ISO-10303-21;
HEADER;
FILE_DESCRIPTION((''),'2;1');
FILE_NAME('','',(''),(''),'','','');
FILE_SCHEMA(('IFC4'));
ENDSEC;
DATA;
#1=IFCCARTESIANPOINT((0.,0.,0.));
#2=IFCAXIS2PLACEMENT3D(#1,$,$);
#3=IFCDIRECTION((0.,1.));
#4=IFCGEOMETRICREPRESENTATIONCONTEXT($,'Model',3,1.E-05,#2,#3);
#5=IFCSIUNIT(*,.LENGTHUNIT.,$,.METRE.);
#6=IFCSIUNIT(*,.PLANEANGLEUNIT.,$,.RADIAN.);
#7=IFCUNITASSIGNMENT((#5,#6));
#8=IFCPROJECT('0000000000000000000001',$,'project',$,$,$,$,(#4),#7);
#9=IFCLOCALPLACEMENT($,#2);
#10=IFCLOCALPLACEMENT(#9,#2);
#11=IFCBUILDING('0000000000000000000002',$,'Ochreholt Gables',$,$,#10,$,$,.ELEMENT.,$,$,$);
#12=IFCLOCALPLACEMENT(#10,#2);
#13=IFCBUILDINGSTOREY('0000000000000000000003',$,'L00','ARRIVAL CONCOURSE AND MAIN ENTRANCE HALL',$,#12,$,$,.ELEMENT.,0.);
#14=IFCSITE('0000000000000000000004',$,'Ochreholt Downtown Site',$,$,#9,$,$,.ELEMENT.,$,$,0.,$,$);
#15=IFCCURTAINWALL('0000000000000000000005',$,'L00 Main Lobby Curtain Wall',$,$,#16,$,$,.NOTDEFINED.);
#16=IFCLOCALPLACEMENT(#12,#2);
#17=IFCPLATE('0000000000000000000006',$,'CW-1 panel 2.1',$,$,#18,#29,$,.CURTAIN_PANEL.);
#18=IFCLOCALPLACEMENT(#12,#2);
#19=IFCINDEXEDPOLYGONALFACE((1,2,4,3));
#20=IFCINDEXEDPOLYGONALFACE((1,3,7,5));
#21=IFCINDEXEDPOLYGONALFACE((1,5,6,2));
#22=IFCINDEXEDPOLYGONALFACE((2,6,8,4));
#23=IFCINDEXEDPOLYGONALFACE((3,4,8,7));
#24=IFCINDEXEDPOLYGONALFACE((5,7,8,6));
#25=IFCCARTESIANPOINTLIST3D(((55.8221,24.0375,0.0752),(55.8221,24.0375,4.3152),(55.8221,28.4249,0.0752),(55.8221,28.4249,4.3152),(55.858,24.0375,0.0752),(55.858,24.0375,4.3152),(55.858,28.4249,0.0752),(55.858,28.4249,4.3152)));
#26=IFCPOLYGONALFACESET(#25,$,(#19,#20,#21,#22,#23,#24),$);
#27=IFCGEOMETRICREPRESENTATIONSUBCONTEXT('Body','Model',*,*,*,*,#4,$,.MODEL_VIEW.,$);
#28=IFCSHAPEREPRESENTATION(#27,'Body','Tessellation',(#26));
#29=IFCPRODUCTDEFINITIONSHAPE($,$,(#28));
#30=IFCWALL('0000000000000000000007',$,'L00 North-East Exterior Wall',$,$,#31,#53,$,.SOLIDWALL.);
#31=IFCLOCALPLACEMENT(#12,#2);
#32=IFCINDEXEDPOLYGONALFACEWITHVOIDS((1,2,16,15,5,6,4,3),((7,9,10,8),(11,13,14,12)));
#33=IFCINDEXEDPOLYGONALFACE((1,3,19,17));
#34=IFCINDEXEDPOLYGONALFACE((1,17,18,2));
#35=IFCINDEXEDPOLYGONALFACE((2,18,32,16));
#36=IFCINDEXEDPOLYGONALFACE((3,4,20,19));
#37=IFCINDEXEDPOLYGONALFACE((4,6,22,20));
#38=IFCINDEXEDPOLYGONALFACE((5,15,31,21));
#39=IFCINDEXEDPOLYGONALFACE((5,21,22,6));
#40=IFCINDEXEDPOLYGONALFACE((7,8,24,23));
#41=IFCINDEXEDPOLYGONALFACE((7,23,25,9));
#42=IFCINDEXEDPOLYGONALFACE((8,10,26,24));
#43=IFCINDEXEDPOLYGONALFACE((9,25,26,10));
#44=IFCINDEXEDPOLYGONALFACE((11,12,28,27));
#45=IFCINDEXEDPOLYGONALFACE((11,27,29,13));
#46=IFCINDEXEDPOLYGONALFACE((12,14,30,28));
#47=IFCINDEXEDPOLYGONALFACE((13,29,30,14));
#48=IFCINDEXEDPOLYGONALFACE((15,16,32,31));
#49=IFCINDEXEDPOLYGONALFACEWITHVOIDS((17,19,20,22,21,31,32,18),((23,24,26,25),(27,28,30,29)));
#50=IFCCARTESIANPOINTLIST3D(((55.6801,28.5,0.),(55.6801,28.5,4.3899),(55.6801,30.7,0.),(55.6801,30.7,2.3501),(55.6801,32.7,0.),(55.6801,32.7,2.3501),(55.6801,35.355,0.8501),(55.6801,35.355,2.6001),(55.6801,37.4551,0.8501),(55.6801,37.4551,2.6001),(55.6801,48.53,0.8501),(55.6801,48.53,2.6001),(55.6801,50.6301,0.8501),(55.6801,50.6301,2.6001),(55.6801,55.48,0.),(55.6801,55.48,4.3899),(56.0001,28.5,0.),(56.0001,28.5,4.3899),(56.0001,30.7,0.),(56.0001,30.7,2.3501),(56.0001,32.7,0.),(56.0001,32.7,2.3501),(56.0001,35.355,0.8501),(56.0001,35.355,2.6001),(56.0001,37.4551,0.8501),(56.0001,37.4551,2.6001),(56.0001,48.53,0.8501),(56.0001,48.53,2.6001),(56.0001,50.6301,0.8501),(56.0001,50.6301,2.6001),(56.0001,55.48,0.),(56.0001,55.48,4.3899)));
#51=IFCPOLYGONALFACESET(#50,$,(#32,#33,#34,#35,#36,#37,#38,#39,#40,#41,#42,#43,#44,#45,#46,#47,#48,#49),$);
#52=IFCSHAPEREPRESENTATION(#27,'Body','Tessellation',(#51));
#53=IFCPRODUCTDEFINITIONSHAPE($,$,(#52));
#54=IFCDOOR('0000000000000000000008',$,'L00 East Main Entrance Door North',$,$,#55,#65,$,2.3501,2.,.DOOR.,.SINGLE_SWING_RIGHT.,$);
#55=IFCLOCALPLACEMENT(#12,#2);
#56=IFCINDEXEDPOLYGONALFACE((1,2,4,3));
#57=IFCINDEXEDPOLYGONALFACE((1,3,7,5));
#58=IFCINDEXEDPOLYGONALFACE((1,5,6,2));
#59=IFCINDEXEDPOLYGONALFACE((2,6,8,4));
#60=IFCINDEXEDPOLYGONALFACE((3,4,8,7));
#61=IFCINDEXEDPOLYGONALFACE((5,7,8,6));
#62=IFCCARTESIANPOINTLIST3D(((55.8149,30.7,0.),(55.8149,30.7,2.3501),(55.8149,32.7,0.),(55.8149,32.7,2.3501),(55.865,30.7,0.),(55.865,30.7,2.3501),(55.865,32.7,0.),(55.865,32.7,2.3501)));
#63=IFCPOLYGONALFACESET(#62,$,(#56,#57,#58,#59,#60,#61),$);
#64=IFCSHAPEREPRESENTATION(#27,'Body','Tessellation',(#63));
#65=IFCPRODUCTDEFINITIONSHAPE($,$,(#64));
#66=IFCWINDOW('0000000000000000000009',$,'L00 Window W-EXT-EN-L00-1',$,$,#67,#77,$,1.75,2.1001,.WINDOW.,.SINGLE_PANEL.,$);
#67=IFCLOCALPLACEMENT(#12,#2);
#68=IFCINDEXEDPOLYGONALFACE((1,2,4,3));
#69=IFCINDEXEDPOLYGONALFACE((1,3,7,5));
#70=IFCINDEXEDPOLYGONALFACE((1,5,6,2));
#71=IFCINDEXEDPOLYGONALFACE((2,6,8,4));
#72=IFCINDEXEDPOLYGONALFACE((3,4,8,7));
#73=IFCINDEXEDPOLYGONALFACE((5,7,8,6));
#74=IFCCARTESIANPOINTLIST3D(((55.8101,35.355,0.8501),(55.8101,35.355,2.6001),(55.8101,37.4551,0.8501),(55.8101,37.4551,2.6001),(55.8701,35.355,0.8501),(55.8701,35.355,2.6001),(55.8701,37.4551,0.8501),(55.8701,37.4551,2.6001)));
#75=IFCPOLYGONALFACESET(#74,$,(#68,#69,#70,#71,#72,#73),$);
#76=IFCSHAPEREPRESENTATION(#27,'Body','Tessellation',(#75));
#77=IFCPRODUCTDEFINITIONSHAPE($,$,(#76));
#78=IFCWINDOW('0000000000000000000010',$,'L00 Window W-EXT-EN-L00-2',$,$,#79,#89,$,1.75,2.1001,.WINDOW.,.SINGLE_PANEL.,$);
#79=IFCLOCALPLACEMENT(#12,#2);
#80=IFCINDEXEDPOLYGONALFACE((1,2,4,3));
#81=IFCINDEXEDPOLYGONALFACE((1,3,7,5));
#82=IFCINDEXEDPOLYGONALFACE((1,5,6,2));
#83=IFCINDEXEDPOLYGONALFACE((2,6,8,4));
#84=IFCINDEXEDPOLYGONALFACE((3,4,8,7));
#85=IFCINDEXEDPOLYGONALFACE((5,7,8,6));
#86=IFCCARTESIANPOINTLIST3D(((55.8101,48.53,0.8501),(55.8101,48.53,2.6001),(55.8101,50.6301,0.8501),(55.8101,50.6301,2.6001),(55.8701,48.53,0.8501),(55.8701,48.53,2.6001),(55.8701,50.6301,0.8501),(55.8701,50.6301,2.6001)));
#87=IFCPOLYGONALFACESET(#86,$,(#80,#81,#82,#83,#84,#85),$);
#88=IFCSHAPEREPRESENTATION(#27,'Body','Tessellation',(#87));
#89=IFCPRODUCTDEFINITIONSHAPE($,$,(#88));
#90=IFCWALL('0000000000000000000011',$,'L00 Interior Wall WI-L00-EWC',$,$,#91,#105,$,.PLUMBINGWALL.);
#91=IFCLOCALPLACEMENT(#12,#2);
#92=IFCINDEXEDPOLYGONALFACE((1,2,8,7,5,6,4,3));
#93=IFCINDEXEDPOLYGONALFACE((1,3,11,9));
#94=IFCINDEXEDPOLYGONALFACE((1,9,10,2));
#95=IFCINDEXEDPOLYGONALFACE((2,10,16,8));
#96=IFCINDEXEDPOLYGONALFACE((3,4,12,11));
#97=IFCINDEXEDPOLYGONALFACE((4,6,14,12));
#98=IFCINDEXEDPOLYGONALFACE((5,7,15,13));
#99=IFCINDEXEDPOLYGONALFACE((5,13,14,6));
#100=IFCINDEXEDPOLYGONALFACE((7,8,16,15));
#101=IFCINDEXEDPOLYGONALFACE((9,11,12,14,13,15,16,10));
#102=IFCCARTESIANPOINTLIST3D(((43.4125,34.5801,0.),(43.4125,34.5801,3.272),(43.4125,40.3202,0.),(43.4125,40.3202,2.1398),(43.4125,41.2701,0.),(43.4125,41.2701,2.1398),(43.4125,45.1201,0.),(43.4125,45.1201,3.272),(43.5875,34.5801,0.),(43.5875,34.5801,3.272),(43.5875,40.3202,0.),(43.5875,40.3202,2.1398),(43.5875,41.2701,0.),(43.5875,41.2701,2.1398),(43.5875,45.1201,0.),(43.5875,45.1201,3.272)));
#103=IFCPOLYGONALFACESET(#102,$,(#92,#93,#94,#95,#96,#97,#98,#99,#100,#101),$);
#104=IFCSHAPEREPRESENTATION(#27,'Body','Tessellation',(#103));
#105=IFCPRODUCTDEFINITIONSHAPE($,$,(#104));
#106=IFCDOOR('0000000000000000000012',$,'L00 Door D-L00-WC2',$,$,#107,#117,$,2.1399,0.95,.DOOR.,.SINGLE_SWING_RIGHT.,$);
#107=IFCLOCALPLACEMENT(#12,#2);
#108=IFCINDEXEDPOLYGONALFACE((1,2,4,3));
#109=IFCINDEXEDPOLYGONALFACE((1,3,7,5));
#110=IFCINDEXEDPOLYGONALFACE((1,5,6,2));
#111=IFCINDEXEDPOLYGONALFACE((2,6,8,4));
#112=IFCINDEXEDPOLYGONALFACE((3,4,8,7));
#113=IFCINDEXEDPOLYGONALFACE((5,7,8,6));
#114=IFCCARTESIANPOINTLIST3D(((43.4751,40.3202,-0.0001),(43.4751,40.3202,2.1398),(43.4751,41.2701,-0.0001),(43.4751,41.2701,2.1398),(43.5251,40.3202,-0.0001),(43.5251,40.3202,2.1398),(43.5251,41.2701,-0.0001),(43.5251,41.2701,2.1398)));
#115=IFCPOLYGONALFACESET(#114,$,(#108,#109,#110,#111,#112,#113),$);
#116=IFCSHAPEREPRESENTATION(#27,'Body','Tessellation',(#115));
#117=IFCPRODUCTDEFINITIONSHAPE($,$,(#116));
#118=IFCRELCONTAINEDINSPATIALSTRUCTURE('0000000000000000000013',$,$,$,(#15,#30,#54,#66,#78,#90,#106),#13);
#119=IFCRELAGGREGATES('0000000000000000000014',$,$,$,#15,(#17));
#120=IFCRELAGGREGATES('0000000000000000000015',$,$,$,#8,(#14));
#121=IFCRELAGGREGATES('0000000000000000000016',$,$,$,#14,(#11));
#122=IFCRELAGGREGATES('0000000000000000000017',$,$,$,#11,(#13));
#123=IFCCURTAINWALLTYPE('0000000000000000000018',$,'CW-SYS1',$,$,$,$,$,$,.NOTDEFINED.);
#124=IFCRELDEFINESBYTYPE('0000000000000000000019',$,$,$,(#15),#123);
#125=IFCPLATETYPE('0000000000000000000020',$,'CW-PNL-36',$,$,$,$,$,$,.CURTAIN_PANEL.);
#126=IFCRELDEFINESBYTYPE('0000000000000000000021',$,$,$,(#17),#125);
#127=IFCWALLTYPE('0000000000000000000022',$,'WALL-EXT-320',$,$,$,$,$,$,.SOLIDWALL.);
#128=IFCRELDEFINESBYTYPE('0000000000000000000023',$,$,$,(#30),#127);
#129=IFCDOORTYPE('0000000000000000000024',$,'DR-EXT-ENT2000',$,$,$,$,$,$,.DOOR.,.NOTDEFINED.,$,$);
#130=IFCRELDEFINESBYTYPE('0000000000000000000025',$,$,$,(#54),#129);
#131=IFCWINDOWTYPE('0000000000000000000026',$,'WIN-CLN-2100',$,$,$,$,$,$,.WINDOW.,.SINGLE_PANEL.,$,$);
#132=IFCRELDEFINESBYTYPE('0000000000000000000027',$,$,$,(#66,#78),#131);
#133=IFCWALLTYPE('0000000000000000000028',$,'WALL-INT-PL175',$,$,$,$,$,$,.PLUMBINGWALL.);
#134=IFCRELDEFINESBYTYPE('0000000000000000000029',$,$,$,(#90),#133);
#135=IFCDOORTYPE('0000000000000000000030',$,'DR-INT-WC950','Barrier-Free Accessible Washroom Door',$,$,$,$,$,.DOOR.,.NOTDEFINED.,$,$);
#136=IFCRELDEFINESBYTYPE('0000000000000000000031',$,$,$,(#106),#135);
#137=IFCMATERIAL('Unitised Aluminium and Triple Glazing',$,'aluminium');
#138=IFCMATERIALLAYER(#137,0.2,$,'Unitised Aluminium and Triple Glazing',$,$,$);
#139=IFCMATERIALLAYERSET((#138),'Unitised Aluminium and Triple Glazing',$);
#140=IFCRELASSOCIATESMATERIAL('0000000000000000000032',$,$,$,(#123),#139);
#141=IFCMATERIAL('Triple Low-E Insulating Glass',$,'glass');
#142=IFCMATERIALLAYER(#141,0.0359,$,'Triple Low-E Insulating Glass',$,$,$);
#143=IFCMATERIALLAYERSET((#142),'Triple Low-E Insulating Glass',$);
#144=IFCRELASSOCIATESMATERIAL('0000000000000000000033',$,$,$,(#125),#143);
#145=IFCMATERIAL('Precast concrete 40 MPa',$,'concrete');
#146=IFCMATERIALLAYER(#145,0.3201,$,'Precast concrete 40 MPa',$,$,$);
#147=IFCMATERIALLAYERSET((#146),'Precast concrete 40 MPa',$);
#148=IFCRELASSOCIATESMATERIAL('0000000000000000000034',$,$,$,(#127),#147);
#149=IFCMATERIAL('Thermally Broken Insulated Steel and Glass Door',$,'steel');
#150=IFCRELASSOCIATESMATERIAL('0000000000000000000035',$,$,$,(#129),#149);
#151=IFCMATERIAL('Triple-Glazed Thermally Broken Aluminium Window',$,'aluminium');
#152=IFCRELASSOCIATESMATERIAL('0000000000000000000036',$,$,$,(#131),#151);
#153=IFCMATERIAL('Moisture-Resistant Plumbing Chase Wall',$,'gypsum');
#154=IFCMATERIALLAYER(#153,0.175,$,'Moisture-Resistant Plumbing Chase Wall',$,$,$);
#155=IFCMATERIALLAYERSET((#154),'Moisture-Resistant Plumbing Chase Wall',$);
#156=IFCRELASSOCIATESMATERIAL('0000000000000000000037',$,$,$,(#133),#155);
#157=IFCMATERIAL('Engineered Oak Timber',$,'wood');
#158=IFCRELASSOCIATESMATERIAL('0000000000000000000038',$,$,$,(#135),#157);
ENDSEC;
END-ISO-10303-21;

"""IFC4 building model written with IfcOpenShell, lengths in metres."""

from ifc_helpers import new_model, si_unit, direction, frame, frame_2d, origin, origin_2d, place, context, subcontext, project, spatial, rectangle, extrude, material, layer, layer_set, type_object, element, fill, aggregate, save


model = new_model("IFC4")

# Units and contexts
model_context = context("Model", 3, precision=1e-05, world=origin(), true_north=direction((0.0, 1.0)))
body_context = subcontext(model_context, "Body", "Model", "MODEL_VIEW")
ifc_project = project(units=[si_unit("LENGTHUNIT", "METRE"), si_unit("PLANEANGLEUNIT", "RADIAN")], contexts=[model_context])

# Site, building, storey
site_placement = place(None, origin())
site = spatial("IfcSite", under=ifc_project, at=site_placement, Name="Ochreholt Downtown Site", CompositionType="ELEMENT", RefElevation=0.0)
building_placement = place(site_placement, origin())
building = spatial("IfcBuilding", under=site, at=building_placement, Name="Ochreholt Gables", CompositionType="ELEMENT")
storey_placement = place(building_placement, origin())
storey = spatial("IfcBuildingStorey", under=building, at=storey_placement, Name="L00", Description="ARRIVAL CONCOURSE AND MAIN ENTRANCE HALL", CompositionType="ELEMENT", Elevation=0.0)

# Curtain wall, plate
ifc_material_1 = material(Name="Unitised Aluminium and Triple Glazing", Category="aluminium")
ifc_layer_1 = layer(ifc_material_1, 0.2, Name="Unitised Aluminium and Triple Glazing")
ifc_layer_set_1 = layer_set([ifc_layer_1], Name="Unitised Aluminium and Triple Glazing")
curtain_wall_type = type_object("IfcCurtainWallType", Name="CW-SYS1", PredefinedType="NOTDEFINED", material=ifc_layer_set_1)
curtain_wall_placement = place(storey_placement, origin())
curtain_wall = element("IfcCurtainWall", 1, at=curtain_wall_placement, inside=storey, type_object=curtain_wall_type, Name="L00 Main Lobby Curtain Wall", PredefinedType="NOTDEFINED")
ifc_material_2 = material(Name="Triple Low-E Insulating Glass", Category="glass")
ifc_layer_2 = layer(ifc_material_2, 0.0359, Name="Triple Low-E Insulating Glass")
ifc_layer_set_2 = layer_set([ifc_layer_2], Name="Triple Low-E Insulating Glass")
plate_type = type_object("IfcPlateType", Name="CW-PNL-36", PredefinedType="CURTAIN_PANEL", material=ifc_layer_set_2)
plate_placement = place(storey_placement, frame((55.8401, 26.2312, 0.0752), z_axis=(0.0, 0.0, 1.0), x_axis=(0.0, 1.0, 0.0)))
plate = element("IfcPlate", 2, at=plate_placement, type_object=plate_type, Name="CW-1 panel 2.1", PredefinedType="CURTAIN_PANEL", context=body_context, shape_type="SweptSolid", body=[
    extrude(rectangle(XDim=4.3875, YDim=0.0359, at=origin_2d()), origin(), (0.0, 0.0, 1.0), 4.24),
])
aggregate(curtain_wall, [plate])

# Wall, openings, door, windows
ifc_material_3 = material(Name="Precast concrete 40 MPa", Category="concrete")
ifc_layer_3 = layer(ifc_material_3, 0.3201, Name="Precast concrete 40 MPa")
ifc_layer_set_3 = layer_set([ifc_layer_3], Name="Precast concrete 40 MPa")
wall_type_1 = type_object("IfcWallType", Name="WALL-EXT-320", PredefinedType="SOLIDWALL", material=ifc_layer_set_3)
wall_1_placement = place(storey_placement, frame((55.8401, 28.5, 0.0), z_axis=(0.0, 0.0, 1.0), x_axis=(0.0, 1.0, 0.0)))
wall_1 = element("IfcWall", 3, at=wall_1_placement, inside=storey, type_object=wall_type_1, Name="L00 North-East Exterior Wall", PredefinedType="SOLIDWALL", context=body_context, shape_type="SweptSolid", body=[
    extrude(rectangle(XDim=26.98, YDim=0.3201, at=frame_2d((13.49, 0.0))), origin(), (0.0, 0.0, 1.0), 4.3899),
])
opening_1_placement = place(wall_1_placement, frame((2.2, 0.0, 0.0)))
opening_1 = element("IfcOpeningElement", 4, at=opening_1_placement, cuts=wall_1, PredefinedType="OPENING", context=body_context, shape_type="SweptSolid", body=[
    extrude(rectangle(XDim=2.0, YDim=2.3501, at=frame_2d((1.0, 1.175))), frame((0.0, 0.1699, 0.0), z_axis=(0.0, -1.0, 0.0), x_axis=(1.0, 0.0, 0.0)), (0.0, 0.0, 1.0), 0.3401),
])
opening_2_placement = place(wall_1_placement, frame((6.855, 0.0, 0.8501)))
opening_2 = element("IfcOpeningElement", 5, at=opening_2_placement, cuts=wall_1, PredefinedType="OPENING", context=body_context, shape_type="SweptSolid", body=[
    extrude(rectangle(XDim=2.1001, YDim=1.75, at=frame_2d((1.05, 0.875))), frame((0.0, 0.1699, 0.0), z_axis=(0.0, -1.0, 0.0), x_axis=(1.0, 0.0, 0.0)), (0.0, 0.0, 1.0), 0.3401),
])
opening_3_placement = place(wall_1_placement, frame((20.03, 0.0, 0.8501)))
opening_3 = element("IfcOpeningElement", 6, at=opening_3_placement, cuts=wall_1, PredefinedType="OPENING", context=body_context, shape_type="SweptSolid", body=[
    extrude(rectangle(XDim=2.1001, YDim=1.75, at=frame_2d((1.05, 0.875))), frame((0.0, 0.1699, 0.0), z_axis=(0.0, -1.0, 0.0), x_axis=(1.0, 0.0, 0.0)), (0.0, 0.0, 1.0), 0.3401),
])
ifc_material_4 = material(Name="Thermally Broken Insulated Steel and Glass Door", Category="steel")
door_type_1 = type_object("IfcDoorType", Name="DR-EXT-ENT2000", OperationType="NOTDEFINED", PredefinedType="DOOR", material=ifc_material_4)
door_1_placement = place(opening_1_placement, frame((2.0, 0.0, 0.0), z_axis=(0.0, 0.0, 1.0), x_axis=(-1.0, 0.0, 0.0)))
door_1 = element("IfcDoor", 7, at=door_1_placement, inside=storey, type_object=door_type_1, Name="L00 East Main Entrance Door North", OperationType="SINGLE_SWING_RIGHT", OverallHeight=2.3501, OverallWidth=2.0, PredefinedType="DOOR", context=body_context, shape_type="SweptSolid", body=[
    extrude(rectangle(XDim=2.0, YDim=2.3501, at=frame_2d((1.0, 1.175))), frame((0.0, 0.0249, 0.0), z_axis=(0.0, -1.0, 0.0), x_axis=(1.0, 0.0, 0.0)), (0.0, 0.0, 1.0), 0.05),
])
fill(opening_1, door_1)
ifc_material_5 = material(Name="Triple-Glazed Thermally Broken Aluminium Window", Category="aluminium")
window_type = type_object("IfcWindowType", Name="WIN-CLN-2100", PartitioningType="SINGLE_PANEL", PredefinedType="WINDOW", material=ifc_material_5)
window_1_placement = place(opening_2_placement, origin())
window_1 = element("IfcWindow", 8, at=window_1_placement, inside=storey, type_object=window_type, Name="L00 Window W-EXT-EN-L00-1", OverallHeight=1.75, OverallWidth=2.1001, PartitioningType="SINGLE_PANEL", PredefinedType="WINDOW", context=body_context, shape_type="SweptSolid", body=[
    extrude(rectangle(XDim=2.1001, YDim=1.75, at=frame_2d((1.05, 0.875))), frame((0.0, 0.03, 0.0), z_axis=(0.0, -1.0, 0.0), x_axis=(1.0, 0.0, 0.0)), (0.0, 0.0, 1.0), 0.0601),
])
fill(opening_2, window_1)
window_2_placement = place(opening_3_placement, origin())
window_2 = element("IfcWindow", 9, at=window_2_placement, inside=storey, type_object=window_type, Name="L00 Window W-EXT-EN-L00-2", OverallHeight=1.75, OverallWidth=2.1001, PartitioningType="SINGLE_PANEL", PredefinedType="WINDOW", context=body_context, shape_type="SweptSolid", body=[
    extrude(rectangle(XDim=2.1001, YDim=1.75, at=frame_2d((1.05, 0.875))), frame((0.0, 0.03, 0.0), z_axis=(0.0, -1.0, 0.0), x_axis=(1.0, 0.0, 0.0)), (0.0, 0.0, 1.0), 0.0601),
])
fill(opening_3, window_2)

# Wall, opening, door
ifc_material_6 = material(Name="Moisture-Resistant Plumbing Chase Wall", Category="gypsum")
ifc_layer_4 = layer(ifc_material_6, 0.175, Name="Moisture-Resistant Plumbing Chase Wall")
ifc_layer_set_4 = layer_set([ifc_layer_4], Name="Moisture-Resistant Plumbing Chase Wall")
wall_type_2 = type_object("IfcWallType", Name="WALL-INT-PL175", PredefinedType="PLUMBINGWALL", material=ifc_layer_set_4)
wall_2_placement = place(storey_placement, frame((43.5, 34.5801, 0.0), z_axis=(0.0, 0.0, 1.0), x_axis=(0.0, 1.0, 0.0)))
wall_2 = element("IfcWall", 10, at=wall_2_placement, inside=storey, type_object=wall_type_2, Name="L00 Interior Wall WI-L00-EWC", PredefinedType="PLUMBINGWALL", context=body_context, shape_type="SweptSolid", body=[
    extrude(rectangle(XDim=10.54, YDim=0.175, at=frame_2d((5.27, 0.0))), origin(), (0.0, 0.0, 1.0), 3.272),
])
opening_4_placement = place(wall_2_placement, frame((5.74, 0.0, 0.0)))
opening_4 = element("IfcOpeningElement", 11, at=opening_4_placement, cuts=wall_2, PredefinedType="OPENING", context=body_context, shape_type="SweptSolid", body=[
    extrude(rectangle(XDim=0.95, YDim=2.1399, at=frame_2d((0.4751, 1.0698))), frame((0.0, 0.0974, 0.0), z_axis=(0.0, -1.0, 0.0), x_axis=(1.0, 0.0, 0.0)), (0.0, 0.0, 1.0), 0.1951),
])
ifc_material_7 = material(Name="Engineered Oak Timber", Category="wood")
door_type_2 = type_object("IfcDoorType", Name="DR-INT-WC950", Description="Barrier-Free Accessible Washroom Door", OperationType="NOTDEFINED", PredefinedType="DOOR", material=ifc_material_7)
door_2_placement = place(opening_4_placement, origin())
door_2 = element("IfcDoor", 12, at=door_2_placement, inside=storey, type_object=door_type_2, Name="L00 Door D-L00-WC2", OperationType="SINGLE_SWING_RIGHT", OverallHeight=2.1399, OverallWidth=0.95, PredefinedType="DOOR", context=body_context, shape_type="SweptSolid", body=[
    extrude(rectangle(XDim=0.95, YDim=2.1399, at=frame_2d((0.4751, 1.0698))), frame((0.0, 0.0249, 0.0), z_axis=(0.0, -1.0, 0.0), x_axis=(1.0, 0.0, 0.0)), (0.0, 0.0, 1.0), 0.05),
])
fill(opening_4, door_2)

save(model, "model.ifc")
